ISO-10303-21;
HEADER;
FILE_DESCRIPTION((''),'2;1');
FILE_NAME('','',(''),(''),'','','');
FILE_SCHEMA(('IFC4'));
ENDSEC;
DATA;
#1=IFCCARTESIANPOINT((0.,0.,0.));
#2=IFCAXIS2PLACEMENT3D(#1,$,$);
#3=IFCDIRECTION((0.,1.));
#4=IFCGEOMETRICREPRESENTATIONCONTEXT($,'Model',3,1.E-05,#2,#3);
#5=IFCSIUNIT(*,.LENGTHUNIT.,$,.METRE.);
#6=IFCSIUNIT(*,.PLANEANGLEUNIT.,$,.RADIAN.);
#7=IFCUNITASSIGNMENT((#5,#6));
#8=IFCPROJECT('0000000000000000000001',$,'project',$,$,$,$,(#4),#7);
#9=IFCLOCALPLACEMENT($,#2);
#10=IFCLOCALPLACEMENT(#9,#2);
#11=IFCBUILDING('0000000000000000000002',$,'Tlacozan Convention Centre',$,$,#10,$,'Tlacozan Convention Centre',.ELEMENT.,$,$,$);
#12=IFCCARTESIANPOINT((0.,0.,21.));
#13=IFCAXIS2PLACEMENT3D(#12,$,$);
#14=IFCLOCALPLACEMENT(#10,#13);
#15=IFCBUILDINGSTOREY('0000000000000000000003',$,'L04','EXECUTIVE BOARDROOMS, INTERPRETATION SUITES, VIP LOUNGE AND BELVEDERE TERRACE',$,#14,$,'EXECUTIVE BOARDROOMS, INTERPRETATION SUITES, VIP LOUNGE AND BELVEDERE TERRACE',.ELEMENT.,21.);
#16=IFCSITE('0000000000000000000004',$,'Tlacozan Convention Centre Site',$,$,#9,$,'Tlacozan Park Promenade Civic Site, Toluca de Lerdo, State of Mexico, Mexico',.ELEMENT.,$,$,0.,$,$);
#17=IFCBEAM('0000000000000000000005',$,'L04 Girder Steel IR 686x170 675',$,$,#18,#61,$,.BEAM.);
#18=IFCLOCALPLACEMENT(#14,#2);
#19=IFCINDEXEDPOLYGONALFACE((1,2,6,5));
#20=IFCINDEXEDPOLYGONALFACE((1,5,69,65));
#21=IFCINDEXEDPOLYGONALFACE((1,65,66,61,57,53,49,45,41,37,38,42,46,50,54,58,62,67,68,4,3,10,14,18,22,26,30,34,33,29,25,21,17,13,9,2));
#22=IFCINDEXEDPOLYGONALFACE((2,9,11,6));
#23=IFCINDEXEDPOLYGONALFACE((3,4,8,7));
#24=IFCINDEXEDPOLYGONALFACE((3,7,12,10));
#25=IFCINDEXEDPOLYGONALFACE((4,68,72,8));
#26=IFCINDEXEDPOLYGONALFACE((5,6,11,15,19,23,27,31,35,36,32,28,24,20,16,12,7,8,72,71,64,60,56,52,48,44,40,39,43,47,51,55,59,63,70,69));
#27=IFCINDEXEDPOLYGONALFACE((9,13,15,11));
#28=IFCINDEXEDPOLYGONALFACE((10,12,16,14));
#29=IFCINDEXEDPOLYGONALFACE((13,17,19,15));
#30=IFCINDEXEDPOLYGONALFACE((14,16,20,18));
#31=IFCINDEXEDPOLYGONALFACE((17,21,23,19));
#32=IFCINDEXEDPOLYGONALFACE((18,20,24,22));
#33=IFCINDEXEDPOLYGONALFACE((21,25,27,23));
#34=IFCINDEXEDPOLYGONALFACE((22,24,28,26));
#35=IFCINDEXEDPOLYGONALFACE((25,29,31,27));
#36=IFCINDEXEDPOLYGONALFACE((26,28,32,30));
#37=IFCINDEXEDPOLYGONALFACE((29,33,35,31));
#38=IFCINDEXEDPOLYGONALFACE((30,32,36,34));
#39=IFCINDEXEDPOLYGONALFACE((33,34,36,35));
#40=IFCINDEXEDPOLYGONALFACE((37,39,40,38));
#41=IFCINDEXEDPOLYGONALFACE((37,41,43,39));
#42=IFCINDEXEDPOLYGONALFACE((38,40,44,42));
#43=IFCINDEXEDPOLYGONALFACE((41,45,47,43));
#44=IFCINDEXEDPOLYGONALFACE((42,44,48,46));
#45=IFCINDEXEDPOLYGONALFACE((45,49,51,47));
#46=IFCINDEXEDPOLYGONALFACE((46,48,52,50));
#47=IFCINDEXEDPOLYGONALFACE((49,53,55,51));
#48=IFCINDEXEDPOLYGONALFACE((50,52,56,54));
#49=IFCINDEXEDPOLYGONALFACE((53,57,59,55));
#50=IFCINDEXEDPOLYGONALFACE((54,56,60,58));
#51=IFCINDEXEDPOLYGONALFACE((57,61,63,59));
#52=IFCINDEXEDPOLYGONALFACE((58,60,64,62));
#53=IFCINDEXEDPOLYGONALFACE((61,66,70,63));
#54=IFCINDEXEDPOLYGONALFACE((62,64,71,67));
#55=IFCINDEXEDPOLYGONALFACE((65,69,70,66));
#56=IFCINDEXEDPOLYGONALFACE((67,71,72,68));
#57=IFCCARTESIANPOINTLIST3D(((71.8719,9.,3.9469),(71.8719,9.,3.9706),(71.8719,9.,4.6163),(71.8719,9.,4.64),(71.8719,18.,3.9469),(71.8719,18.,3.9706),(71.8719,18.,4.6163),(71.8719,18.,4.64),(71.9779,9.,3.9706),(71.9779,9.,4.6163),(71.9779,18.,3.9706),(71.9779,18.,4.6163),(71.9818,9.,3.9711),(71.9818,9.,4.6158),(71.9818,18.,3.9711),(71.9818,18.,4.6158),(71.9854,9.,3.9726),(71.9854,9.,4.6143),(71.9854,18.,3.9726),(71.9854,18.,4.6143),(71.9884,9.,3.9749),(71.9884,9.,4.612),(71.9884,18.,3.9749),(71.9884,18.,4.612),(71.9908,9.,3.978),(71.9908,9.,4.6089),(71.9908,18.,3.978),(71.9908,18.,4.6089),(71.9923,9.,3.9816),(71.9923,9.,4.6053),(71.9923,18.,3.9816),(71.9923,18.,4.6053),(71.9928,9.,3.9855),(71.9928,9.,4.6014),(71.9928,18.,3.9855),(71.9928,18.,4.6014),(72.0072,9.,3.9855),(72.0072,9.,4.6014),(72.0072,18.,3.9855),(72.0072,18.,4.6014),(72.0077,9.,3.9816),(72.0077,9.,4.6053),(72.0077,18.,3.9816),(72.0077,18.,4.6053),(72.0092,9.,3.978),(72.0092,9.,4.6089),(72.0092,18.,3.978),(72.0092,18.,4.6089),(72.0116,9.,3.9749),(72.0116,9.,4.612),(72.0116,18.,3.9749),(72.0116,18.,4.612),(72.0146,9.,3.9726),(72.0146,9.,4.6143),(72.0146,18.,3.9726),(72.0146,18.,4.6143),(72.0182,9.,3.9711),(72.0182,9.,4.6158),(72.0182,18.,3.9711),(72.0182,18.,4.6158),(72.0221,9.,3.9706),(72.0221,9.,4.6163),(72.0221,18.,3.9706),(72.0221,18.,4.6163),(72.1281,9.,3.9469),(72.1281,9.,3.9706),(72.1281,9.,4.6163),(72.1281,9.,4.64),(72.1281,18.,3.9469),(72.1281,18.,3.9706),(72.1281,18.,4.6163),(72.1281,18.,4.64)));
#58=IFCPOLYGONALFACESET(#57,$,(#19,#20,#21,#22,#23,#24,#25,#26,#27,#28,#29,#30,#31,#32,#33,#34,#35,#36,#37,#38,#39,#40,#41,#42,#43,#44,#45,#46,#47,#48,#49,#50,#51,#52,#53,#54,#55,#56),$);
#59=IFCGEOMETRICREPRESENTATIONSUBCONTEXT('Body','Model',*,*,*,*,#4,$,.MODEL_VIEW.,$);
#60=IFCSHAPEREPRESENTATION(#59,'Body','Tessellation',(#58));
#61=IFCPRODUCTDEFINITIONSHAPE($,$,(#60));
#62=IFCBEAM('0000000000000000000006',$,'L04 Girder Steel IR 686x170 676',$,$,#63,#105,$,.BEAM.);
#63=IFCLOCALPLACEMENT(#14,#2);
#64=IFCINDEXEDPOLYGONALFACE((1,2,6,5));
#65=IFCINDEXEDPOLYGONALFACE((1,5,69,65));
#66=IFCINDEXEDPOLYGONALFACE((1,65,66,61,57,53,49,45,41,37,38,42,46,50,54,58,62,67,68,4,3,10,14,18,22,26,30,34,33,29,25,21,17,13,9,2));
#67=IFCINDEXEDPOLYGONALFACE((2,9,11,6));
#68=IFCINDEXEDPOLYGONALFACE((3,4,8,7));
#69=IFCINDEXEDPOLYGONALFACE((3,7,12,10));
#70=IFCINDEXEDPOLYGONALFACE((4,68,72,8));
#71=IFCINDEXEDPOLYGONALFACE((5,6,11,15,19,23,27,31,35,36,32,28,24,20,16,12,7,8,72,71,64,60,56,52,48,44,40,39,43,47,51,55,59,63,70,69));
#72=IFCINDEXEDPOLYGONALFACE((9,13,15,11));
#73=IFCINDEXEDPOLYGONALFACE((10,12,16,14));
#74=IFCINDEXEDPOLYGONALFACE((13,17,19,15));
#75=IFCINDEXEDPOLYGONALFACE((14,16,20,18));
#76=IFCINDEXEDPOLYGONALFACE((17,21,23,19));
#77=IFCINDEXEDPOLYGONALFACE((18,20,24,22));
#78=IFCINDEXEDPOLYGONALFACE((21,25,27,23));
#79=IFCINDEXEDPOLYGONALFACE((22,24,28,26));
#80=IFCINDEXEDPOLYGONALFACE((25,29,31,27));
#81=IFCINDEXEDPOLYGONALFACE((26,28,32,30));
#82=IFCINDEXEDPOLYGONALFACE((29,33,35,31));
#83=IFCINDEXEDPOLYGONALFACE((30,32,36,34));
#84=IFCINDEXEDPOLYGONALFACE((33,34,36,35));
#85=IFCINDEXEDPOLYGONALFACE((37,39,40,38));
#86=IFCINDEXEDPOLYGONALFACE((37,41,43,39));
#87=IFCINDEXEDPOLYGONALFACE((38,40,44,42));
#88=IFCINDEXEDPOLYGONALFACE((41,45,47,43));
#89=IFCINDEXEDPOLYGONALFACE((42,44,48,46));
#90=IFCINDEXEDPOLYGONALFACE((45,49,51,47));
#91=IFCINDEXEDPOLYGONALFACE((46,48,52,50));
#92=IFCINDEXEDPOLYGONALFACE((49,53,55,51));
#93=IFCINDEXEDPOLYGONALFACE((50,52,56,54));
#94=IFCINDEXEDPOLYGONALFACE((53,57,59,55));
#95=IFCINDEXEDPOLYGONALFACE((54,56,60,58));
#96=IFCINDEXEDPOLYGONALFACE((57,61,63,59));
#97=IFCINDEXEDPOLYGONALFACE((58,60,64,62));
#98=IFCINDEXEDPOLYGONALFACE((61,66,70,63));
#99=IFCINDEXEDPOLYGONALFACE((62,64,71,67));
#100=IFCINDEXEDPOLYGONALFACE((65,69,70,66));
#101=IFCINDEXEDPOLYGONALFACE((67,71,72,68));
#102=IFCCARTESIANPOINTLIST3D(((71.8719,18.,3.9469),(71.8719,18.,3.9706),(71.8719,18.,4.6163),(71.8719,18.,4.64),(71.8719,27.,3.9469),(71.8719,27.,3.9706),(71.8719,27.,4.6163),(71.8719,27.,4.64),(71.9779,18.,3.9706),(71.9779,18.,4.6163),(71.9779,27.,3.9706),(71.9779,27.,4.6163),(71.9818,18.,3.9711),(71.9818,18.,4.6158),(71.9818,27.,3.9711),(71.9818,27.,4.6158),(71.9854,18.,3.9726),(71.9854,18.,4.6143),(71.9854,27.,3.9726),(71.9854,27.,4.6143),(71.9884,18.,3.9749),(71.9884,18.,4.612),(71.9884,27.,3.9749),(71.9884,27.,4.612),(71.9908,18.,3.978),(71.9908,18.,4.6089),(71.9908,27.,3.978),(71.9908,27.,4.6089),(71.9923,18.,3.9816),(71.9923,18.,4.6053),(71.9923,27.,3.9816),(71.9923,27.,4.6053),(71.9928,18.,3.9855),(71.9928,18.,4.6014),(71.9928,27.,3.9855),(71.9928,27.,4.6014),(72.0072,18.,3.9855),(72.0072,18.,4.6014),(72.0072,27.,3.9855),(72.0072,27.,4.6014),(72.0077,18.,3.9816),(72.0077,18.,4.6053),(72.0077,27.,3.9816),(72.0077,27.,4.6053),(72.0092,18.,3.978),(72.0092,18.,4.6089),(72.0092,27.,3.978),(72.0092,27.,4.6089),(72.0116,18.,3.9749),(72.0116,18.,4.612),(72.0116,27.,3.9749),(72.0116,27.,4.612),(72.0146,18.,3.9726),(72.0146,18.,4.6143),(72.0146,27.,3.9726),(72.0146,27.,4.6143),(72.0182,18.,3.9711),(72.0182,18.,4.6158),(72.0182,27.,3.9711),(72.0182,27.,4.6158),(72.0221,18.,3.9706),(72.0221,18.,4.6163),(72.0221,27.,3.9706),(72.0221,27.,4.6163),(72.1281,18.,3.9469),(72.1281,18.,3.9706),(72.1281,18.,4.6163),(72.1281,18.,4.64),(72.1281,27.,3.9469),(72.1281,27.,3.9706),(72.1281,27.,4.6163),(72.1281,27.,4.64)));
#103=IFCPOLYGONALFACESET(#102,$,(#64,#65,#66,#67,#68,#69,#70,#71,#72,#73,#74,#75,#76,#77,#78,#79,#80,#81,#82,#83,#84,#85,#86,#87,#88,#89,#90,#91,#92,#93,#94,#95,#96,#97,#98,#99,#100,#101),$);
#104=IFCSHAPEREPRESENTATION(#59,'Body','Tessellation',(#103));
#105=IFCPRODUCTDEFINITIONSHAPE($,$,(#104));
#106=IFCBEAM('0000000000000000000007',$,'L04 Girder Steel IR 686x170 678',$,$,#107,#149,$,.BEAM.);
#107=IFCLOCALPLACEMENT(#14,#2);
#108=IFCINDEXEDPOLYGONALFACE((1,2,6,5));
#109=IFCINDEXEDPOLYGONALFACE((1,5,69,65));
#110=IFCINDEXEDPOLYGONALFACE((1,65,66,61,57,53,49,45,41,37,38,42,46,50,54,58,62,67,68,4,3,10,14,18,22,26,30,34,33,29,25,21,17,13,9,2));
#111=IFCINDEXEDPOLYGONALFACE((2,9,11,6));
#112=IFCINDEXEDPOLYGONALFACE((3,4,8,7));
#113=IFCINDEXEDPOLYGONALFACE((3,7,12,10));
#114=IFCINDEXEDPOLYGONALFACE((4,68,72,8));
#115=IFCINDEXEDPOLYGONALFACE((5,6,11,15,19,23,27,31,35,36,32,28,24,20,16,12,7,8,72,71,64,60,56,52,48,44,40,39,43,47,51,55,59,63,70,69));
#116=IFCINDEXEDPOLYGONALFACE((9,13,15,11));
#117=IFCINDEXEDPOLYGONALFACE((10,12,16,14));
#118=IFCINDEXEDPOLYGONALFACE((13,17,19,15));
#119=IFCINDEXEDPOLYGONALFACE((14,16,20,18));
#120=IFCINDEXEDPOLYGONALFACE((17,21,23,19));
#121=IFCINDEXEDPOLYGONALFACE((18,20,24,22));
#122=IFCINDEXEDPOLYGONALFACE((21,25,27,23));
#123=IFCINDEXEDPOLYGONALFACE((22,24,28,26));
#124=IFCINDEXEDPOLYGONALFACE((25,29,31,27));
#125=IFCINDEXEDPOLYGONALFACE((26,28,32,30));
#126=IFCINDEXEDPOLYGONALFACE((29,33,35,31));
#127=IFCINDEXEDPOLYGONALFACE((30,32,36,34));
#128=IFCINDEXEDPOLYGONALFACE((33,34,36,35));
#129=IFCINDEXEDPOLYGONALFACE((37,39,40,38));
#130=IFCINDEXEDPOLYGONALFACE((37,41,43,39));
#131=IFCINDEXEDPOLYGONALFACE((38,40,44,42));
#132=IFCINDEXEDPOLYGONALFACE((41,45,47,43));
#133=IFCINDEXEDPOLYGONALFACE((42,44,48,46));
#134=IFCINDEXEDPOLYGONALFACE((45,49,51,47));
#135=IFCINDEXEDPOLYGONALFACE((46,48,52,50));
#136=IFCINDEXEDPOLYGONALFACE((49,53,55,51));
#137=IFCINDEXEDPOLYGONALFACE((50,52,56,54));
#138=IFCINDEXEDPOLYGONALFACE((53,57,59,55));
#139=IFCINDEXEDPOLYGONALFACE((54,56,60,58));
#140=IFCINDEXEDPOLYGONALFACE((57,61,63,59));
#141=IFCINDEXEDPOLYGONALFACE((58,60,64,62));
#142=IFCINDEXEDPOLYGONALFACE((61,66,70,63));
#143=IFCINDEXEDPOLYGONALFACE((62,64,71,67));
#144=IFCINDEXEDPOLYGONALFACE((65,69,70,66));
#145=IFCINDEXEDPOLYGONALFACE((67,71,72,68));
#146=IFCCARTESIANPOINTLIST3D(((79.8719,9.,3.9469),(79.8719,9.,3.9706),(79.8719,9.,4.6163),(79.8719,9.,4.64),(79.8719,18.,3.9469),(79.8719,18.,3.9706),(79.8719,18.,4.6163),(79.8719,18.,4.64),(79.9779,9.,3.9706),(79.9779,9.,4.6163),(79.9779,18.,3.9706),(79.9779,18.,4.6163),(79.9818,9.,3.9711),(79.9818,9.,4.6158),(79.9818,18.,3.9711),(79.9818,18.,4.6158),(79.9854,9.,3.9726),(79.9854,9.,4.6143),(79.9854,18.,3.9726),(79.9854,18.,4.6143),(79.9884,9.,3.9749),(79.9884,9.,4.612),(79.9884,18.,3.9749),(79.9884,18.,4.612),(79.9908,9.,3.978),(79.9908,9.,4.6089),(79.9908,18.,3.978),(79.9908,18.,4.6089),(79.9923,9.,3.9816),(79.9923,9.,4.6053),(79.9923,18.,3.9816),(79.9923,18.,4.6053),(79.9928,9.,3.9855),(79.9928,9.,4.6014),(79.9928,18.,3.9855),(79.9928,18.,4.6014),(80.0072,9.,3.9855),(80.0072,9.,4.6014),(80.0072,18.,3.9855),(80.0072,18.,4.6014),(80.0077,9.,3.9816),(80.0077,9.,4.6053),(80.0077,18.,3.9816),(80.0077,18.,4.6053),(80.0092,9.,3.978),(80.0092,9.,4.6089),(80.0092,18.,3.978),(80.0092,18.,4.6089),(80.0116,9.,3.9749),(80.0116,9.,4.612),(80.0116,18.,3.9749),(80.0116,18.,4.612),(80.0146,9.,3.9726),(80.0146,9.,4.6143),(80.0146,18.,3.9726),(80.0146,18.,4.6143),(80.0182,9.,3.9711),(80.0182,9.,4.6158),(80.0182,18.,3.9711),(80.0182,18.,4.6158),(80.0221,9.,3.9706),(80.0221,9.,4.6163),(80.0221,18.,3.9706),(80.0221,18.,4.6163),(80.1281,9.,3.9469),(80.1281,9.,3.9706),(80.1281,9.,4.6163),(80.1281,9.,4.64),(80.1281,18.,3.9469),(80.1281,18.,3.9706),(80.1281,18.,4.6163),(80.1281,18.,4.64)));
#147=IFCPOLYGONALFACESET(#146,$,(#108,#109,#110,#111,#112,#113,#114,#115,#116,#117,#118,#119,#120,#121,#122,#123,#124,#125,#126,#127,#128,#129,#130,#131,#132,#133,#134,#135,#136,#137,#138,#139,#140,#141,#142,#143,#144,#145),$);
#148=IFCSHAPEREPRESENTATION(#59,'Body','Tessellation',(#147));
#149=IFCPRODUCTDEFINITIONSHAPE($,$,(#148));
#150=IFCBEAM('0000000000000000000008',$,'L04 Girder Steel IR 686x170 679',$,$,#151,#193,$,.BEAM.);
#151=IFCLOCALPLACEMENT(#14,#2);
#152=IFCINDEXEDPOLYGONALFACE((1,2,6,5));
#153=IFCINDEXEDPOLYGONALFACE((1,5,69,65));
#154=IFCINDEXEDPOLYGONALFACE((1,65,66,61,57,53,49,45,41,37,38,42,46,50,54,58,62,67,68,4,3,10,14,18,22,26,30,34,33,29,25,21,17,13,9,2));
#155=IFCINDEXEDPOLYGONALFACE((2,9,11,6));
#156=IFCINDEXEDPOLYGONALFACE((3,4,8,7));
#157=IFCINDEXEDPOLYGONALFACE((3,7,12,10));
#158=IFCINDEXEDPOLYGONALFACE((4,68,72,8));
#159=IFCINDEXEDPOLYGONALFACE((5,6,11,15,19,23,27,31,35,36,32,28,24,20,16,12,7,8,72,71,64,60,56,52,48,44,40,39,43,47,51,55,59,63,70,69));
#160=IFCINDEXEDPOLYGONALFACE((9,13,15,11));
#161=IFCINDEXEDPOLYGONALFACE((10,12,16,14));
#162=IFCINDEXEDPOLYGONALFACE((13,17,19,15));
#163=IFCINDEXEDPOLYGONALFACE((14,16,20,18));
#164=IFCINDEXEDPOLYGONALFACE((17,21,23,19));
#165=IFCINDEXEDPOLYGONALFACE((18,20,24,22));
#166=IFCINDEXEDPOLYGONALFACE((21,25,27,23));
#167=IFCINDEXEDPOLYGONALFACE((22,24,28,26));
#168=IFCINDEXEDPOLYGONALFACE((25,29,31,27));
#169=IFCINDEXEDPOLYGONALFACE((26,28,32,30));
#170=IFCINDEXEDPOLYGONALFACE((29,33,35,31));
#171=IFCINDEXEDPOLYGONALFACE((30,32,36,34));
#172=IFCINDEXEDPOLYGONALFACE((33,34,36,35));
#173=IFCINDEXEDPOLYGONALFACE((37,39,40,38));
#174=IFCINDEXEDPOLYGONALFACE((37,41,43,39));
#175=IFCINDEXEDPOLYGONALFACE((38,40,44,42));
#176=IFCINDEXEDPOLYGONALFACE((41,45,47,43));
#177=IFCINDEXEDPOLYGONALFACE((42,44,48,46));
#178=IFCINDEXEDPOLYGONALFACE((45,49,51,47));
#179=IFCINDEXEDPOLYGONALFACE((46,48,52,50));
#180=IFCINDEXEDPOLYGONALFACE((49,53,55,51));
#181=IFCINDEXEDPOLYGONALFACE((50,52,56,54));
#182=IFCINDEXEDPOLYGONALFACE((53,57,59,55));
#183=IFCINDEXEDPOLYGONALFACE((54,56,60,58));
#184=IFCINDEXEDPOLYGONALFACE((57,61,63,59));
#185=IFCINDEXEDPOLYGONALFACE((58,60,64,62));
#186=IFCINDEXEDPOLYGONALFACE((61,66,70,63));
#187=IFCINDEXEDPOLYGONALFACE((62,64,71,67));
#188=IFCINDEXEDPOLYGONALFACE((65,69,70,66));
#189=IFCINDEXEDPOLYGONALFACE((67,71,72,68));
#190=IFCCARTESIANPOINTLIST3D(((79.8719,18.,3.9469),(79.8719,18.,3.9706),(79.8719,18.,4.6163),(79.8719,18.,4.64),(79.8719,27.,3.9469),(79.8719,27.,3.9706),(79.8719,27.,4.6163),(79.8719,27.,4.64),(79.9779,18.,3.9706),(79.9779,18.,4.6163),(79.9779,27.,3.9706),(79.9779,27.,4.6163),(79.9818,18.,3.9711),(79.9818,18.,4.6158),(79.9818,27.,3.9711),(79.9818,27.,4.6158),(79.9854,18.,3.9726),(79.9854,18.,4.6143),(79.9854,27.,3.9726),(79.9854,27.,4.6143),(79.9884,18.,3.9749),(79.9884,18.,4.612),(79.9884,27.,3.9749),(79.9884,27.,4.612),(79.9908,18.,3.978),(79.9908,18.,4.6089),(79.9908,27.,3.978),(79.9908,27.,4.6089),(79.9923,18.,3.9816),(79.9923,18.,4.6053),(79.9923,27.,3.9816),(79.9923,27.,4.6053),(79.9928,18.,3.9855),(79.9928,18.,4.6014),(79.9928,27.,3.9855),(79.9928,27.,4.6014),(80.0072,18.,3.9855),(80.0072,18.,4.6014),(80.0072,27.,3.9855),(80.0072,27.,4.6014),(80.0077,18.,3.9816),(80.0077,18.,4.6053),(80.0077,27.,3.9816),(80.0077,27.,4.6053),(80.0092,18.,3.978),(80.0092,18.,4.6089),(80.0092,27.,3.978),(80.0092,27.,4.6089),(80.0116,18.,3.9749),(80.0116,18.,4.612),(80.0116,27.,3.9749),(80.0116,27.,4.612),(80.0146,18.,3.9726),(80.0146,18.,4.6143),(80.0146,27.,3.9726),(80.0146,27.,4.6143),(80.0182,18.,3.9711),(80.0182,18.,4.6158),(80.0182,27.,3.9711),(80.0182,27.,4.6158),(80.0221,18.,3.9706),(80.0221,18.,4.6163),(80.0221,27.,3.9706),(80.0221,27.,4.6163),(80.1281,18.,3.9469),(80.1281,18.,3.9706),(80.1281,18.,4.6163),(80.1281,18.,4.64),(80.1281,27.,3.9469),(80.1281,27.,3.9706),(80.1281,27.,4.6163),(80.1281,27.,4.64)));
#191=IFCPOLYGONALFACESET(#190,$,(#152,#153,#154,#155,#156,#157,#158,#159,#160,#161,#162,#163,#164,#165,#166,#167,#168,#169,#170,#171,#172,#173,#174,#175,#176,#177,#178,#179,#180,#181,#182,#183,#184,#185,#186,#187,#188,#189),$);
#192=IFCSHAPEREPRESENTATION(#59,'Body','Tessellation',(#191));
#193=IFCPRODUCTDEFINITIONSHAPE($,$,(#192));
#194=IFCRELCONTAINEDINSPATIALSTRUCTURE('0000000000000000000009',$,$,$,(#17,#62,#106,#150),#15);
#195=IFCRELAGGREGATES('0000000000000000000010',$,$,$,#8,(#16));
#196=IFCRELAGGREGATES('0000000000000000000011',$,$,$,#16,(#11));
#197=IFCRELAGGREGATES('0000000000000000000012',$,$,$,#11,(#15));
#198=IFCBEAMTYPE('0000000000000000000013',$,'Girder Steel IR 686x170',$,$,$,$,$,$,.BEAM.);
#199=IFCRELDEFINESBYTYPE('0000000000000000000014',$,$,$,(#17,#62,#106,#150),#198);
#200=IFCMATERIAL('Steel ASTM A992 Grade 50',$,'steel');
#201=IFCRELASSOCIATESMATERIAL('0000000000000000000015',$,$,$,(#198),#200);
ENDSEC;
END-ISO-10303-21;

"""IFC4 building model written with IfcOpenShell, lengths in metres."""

from ifc_helpers import new_model, si_unit, direction, frame, origin, origin_2d, place, context, subcontext, project, spatial, i_section, extrude, material, material_profile, profile_set, type_object, element, save


model = new_model("IFC4")

# Units and contexts
model_context = context("Model", 3, precision=1e-05, world=origin(), true_north=direction((0.0, 1.0)))
body_context = subcontext(model_context, "Body", "Model", "MODEL_VIEW")
ifc_project = project(units=[si_unit("LENGTHUNIT", "METRE"), si_unit("PLANEANGLEUNIT", "RADIAN")], contexts=[model_context])

# Site, building, storey
site_placement = place(None, origin())
site = spatial("IfcSite", under=ifc_project, at=site_placement, Name="Tlacozan Convention Centre Site", LongName="Tlacozan Park Promenade Civic Site, Toluca de Lerdo, State of Mexico, Mexico", CompositionType="ELEMENT", RefElevation=0.0)
building_placement = place(site_placement, origin())
building = spatial("IfcBuilding", under=site, at=building_placement, Name="Tlacozan Convention Centre", LongName="Tlacozan Convention Centre", CompositionType="ELEMENT")
storey_placement = place(building_placement, frame((0.0, 0.0, 21.0)))
storey = spatial("IfcBuildingStorey", under=building, at=storey_placement, Name="L04", Description="EXECUTIVE BOARDROOMS, INTERPRETATION SUITES, VIP LOUNGE AND BELVEDERE TERRACE", LongName="EXECUTIVE BOARDROOMS, INTERPRETATION SUITES, VIP LOUNGE AND BELVEDERE TERRACE", CompositionType="ELEMENT", Elevation=21.0)

# Beams
ifc_material_1 = material(Name="Steel ASTM A992 Grade 50", Category="steel")
ifc_material_profile_1 = material_profile(ifc_material_1, i_section(OverallWidth=0.2561, OverallDepth=0.6931, WebThickness=0.0144, FlangeThickness=0.0237, FilletRadius=0.0149, at=origin_2d()), Name="IR 686x170.0")
ifc_profile_set_1 = profile_set([ifc_material_profile_1], Name="Steel ASTM A992 Grade 50")
beam_type_1 = type_object("IfcBeamType", Name="Girder Steel IR 686x170", PredefinedType="BEAM", material=ifc_profile_set_1)
for number, where, z_axis, x_axis, name in (
    (1, (72.0, 9.0, 4.2935), (0.0, 1.0, 0.0), (-1.0, 0.0, 0.0), "L04 Girder Steel IR 686x170 675"),
    (2, (72.0, 18.0, 4.2935), (0.0, 1.0, 0.0), (-1.0, 0.0, 0.0), "L04 Girder Steel IR 686x170 676"),
    (3, (80.0, 9.0, 4.2935), (0.0, 1.0, 0.0), (-1.0, 0.0, 0.0), "L04 Girder Steel IR 686x170 678"),
    (4, (80.0, 18.0, 4.2935), (0.0, 1.0, 0.0), (-1.0, 0.0, 0.0), "L04 Girder Steel IR 686x170 679"),
):
    element("IfcBeam", number, at=place(storey_placement, frame(where, z_axis=z_axis, x_axis=x_axis)), inside=storey, type_object=beam_type_1, Name=name, PredefinedType="BEAM", context=body_context, shape_type="SweptSolid", body=[
        extrude(i_section(OverallWidth=0.2561, OverallDepth=0.6931, WebThickness=0.0144, FlangeThickness=0.0237, FilletRadius=0.0149, at=origin_2d()), origin(), (0.0, 0.0, 1.0), 9.0),
    ])

save(model, "model.ifc")
